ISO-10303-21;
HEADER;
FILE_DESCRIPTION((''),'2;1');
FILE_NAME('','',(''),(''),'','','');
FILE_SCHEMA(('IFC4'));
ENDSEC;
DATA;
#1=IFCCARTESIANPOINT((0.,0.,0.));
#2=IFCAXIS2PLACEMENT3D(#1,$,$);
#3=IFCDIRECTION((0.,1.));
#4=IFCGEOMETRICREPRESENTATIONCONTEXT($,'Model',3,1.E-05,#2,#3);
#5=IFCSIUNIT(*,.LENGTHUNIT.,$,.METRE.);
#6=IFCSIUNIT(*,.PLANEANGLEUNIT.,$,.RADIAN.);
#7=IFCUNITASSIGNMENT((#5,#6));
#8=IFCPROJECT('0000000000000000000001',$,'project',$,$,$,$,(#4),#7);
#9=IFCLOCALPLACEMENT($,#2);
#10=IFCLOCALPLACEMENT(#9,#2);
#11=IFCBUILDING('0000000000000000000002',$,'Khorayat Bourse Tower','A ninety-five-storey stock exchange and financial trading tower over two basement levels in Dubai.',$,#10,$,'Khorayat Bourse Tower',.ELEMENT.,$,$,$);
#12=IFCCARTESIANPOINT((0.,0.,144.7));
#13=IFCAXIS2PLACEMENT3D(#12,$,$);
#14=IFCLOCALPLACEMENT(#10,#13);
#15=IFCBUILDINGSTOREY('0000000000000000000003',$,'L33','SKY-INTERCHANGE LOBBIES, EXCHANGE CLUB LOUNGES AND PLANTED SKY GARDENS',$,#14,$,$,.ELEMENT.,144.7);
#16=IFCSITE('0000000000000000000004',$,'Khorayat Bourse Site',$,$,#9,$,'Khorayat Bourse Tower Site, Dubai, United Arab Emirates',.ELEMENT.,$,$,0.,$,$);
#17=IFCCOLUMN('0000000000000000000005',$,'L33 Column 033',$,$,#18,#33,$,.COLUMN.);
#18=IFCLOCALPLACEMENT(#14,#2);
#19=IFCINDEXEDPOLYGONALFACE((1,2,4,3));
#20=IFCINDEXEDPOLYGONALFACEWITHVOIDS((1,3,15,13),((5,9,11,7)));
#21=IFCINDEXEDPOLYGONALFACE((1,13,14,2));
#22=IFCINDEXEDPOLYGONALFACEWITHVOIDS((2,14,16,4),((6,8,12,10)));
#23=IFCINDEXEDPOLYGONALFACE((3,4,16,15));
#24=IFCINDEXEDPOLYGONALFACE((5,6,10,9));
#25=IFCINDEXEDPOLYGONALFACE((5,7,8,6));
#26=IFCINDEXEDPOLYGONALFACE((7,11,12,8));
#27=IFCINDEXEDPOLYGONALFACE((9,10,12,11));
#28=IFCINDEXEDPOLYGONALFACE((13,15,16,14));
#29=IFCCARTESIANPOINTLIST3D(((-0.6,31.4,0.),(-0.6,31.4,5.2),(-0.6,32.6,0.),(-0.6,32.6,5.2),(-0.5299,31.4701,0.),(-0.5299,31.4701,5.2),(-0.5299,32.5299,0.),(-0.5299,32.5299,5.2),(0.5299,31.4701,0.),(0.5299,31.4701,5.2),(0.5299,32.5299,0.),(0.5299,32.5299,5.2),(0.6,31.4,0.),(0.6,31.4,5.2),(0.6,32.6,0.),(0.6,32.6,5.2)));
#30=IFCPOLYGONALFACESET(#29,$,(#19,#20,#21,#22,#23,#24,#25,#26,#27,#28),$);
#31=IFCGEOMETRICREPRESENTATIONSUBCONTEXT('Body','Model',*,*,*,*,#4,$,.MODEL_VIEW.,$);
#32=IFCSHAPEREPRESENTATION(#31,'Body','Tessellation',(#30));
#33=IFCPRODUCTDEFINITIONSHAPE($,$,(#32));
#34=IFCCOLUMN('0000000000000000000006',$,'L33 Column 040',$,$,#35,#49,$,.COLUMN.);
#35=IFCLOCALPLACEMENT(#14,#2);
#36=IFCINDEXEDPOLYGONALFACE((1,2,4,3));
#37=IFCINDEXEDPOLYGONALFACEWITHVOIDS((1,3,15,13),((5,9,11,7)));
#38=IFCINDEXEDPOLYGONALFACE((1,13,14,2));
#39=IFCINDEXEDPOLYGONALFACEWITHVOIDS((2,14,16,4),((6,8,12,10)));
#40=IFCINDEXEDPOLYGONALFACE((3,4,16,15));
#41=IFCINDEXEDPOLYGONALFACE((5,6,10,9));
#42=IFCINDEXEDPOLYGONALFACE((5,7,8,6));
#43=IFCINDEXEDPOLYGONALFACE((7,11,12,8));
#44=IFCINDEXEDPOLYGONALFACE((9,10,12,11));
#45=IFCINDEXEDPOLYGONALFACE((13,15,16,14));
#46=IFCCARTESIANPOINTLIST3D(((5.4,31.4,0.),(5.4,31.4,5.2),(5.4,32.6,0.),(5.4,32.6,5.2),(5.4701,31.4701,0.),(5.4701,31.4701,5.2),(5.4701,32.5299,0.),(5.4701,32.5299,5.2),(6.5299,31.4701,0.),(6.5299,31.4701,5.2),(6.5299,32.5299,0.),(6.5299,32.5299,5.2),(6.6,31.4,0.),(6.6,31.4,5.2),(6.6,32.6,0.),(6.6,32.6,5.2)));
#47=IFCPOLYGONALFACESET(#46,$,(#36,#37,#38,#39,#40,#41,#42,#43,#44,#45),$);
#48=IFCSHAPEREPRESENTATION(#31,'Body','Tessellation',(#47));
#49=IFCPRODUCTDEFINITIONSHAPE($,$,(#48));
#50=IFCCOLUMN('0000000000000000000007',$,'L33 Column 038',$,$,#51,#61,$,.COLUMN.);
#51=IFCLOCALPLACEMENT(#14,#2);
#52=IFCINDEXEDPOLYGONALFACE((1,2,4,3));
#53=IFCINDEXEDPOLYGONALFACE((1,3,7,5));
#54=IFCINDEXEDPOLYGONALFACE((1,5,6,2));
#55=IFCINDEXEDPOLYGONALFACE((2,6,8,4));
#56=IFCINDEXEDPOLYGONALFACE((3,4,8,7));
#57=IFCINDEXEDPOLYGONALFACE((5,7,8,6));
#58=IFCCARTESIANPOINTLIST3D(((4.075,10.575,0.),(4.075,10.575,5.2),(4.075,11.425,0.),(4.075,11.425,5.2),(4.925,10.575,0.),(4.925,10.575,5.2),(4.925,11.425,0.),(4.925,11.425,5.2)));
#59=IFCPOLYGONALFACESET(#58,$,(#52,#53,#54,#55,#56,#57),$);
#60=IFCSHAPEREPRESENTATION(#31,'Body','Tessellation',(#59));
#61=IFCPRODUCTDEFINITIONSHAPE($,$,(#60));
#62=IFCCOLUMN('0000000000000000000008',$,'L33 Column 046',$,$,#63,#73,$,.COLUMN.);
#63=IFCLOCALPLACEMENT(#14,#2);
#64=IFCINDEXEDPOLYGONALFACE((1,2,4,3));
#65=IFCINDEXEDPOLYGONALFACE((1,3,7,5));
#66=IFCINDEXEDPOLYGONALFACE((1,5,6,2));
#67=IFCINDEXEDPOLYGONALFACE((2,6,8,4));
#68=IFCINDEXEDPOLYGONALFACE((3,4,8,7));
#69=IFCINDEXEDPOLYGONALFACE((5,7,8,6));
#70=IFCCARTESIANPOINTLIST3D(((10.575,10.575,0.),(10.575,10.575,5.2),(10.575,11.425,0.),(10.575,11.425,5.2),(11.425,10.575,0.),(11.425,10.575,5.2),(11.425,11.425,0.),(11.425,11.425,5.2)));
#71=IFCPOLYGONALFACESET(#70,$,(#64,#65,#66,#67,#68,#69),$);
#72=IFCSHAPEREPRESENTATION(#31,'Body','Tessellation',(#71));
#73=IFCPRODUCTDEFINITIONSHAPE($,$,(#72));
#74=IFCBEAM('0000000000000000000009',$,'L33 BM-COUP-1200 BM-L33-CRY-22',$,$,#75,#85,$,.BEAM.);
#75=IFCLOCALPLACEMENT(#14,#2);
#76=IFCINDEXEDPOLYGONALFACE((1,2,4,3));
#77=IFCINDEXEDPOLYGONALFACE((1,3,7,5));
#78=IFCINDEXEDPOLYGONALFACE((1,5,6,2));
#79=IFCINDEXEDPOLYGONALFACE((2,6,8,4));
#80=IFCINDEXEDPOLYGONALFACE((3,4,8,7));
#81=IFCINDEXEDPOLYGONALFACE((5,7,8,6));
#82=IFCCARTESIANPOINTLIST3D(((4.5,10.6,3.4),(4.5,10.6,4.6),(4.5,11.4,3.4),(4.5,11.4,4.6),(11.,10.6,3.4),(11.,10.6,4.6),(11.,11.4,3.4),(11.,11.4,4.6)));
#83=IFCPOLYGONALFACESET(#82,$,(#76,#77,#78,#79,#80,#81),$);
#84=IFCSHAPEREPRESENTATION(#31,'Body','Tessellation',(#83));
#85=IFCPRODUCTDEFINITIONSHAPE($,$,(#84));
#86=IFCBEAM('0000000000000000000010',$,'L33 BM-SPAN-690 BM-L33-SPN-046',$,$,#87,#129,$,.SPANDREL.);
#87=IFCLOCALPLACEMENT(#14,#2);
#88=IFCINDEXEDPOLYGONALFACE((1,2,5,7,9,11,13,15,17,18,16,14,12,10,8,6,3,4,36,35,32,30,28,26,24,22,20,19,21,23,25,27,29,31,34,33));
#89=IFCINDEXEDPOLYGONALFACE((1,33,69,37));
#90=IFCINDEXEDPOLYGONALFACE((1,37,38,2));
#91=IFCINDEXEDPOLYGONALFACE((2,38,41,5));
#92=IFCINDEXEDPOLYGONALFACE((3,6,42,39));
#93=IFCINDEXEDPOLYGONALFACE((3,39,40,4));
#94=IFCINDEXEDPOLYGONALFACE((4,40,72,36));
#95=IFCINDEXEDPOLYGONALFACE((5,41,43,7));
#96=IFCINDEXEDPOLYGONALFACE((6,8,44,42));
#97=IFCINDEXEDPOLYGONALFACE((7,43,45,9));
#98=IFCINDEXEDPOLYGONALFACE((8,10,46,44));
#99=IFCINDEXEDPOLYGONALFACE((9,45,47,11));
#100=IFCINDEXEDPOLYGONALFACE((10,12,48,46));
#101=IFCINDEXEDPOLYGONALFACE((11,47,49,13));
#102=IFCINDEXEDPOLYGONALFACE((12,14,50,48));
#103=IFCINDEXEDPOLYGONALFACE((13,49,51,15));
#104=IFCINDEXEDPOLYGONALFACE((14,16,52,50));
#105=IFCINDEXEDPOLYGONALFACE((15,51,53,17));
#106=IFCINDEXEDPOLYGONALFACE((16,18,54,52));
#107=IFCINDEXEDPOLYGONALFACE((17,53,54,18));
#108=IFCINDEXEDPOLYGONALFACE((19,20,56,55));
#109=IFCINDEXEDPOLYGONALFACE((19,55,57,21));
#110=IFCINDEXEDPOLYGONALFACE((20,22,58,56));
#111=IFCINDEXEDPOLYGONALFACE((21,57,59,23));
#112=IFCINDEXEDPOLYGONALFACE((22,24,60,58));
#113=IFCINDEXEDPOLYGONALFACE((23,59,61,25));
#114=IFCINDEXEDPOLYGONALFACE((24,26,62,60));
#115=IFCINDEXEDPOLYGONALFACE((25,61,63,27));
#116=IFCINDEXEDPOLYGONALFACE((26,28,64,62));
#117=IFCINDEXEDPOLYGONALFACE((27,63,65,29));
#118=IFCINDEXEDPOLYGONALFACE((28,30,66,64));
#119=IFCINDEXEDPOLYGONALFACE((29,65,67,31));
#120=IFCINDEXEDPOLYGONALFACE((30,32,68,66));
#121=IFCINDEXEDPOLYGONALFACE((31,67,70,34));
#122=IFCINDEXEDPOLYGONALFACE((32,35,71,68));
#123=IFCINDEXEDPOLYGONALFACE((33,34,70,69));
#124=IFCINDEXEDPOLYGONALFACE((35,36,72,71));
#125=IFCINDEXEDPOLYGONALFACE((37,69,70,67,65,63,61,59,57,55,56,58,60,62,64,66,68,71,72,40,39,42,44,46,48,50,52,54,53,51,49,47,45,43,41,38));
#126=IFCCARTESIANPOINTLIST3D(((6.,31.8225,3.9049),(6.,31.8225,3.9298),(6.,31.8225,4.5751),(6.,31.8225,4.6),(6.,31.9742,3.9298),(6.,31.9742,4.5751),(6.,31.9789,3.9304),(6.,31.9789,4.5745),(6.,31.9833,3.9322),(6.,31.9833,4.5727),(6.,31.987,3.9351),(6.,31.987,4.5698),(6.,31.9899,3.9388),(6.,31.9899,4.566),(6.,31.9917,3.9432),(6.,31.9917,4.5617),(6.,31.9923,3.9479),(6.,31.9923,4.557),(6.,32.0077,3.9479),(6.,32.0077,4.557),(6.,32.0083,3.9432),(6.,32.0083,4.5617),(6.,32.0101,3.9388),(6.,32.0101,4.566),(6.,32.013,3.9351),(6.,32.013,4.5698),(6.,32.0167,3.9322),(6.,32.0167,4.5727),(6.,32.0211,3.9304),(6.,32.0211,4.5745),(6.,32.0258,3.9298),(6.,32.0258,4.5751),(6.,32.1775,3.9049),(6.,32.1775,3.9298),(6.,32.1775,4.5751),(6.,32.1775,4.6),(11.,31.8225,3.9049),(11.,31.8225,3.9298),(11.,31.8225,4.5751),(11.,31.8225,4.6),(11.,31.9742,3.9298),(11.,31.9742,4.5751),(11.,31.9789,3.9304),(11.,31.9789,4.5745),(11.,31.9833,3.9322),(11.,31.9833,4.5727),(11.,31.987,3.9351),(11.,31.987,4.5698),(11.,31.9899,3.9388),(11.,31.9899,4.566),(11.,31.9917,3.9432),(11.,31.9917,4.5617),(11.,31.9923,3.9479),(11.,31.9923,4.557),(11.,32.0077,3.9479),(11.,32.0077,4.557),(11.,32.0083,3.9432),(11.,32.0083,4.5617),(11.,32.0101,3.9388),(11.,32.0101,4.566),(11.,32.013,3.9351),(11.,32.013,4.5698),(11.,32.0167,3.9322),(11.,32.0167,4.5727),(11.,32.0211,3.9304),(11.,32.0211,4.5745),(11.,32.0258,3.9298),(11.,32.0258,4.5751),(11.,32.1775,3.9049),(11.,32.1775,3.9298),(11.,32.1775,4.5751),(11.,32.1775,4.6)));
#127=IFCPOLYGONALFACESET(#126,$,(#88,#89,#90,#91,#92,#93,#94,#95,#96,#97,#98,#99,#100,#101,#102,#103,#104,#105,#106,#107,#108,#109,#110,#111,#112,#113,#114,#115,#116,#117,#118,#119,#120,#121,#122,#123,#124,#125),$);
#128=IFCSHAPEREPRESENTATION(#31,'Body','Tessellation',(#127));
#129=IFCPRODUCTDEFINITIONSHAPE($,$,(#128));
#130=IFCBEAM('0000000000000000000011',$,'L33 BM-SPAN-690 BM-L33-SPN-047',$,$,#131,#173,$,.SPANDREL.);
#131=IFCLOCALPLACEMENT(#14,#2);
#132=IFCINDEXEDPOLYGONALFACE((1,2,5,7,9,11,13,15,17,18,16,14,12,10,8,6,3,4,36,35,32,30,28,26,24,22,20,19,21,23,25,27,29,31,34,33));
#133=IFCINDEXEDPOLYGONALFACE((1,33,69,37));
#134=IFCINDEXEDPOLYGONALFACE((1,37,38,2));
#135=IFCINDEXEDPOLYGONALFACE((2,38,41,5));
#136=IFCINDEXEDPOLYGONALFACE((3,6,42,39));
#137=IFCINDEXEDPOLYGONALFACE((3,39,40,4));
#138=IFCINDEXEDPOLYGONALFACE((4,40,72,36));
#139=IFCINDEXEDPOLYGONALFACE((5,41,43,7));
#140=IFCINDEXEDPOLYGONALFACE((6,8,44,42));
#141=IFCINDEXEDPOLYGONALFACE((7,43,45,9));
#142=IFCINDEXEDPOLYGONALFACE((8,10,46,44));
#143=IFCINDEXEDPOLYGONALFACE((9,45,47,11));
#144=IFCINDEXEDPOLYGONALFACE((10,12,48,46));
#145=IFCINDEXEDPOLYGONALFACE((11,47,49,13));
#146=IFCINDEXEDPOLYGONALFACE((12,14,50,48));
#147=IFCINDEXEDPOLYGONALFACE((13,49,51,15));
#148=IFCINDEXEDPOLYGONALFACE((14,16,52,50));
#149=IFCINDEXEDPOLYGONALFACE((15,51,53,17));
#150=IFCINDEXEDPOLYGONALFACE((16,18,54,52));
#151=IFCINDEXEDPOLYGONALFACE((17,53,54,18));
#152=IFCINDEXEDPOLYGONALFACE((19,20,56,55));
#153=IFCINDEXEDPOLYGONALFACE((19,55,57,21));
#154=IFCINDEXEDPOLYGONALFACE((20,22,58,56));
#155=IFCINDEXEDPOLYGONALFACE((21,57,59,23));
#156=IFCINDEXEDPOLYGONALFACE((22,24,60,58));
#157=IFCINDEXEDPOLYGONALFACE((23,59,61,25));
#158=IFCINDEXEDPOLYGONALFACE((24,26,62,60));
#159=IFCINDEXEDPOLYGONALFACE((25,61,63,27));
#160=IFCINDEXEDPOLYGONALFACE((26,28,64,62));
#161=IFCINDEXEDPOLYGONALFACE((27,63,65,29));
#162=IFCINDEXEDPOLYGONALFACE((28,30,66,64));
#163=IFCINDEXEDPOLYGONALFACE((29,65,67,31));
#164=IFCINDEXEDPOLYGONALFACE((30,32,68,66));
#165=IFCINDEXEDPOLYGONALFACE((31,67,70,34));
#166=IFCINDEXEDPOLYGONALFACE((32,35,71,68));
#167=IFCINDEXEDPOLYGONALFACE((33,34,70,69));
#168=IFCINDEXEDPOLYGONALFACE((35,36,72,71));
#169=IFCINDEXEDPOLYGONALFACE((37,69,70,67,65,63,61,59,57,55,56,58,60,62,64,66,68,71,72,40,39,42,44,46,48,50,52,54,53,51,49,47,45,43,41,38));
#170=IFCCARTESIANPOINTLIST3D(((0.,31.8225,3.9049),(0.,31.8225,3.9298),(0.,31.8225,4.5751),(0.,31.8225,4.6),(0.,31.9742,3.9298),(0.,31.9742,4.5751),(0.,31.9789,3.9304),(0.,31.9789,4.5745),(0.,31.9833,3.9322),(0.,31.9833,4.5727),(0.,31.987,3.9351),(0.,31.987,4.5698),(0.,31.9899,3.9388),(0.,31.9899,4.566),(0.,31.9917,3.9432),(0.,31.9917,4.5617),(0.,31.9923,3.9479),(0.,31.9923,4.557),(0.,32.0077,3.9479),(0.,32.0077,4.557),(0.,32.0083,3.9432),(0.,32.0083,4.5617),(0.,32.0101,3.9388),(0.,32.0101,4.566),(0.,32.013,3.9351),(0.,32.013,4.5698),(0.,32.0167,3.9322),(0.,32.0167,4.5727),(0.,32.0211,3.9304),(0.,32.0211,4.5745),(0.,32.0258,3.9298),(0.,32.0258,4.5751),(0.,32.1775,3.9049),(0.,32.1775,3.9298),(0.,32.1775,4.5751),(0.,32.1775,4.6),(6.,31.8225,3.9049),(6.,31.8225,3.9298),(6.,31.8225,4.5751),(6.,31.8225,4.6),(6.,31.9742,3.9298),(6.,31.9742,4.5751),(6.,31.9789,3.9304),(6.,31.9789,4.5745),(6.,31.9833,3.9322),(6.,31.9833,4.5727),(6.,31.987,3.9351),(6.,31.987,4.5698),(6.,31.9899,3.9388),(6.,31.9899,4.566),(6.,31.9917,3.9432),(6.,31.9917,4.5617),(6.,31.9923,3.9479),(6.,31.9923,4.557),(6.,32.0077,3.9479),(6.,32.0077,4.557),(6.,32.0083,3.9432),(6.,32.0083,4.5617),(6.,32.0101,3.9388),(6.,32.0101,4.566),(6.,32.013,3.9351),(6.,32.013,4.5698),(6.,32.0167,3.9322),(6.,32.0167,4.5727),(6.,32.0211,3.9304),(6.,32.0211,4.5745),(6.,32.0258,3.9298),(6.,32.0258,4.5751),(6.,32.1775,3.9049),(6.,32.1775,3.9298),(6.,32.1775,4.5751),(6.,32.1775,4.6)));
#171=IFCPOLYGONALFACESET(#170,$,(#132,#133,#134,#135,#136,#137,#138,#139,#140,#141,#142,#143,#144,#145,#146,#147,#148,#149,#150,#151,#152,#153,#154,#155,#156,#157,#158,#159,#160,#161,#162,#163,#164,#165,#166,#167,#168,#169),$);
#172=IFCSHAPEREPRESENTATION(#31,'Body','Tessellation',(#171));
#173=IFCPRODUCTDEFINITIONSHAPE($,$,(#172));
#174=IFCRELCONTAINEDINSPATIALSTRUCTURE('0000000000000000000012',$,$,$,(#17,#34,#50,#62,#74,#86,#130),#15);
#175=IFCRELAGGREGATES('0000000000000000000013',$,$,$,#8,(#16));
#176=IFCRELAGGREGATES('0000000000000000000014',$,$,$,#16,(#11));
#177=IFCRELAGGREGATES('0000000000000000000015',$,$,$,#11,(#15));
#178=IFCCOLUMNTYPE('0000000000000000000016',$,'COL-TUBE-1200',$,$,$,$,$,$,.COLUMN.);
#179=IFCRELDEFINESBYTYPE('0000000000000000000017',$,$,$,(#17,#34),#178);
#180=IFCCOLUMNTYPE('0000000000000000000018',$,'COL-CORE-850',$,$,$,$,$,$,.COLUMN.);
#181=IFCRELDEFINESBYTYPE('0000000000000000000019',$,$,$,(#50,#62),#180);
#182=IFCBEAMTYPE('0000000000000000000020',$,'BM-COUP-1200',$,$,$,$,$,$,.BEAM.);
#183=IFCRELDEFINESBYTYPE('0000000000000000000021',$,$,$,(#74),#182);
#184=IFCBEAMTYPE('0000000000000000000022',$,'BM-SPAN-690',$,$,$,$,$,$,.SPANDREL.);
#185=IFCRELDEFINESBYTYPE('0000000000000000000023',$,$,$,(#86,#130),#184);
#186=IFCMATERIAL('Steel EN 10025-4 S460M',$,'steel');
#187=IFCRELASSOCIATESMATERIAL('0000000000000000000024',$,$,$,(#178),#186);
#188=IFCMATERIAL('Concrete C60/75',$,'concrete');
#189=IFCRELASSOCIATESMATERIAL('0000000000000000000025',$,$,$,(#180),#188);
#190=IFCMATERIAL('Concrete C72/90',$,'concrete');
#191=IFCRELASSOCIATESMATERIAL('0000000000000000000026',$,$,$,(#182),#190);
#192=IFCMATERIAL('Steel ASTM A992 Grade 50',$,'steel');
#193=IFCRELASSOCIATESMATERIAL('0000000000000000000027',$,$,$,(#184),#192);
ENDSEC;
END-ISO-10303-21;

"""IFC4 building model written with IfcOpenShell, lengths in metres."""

from ifc_helpers import new_model, si_unit, direction, frame, origin, origin_2d, place, context, subcontext, project, spatial, rectangle, hollow_rectangle, i_section, extrude, source, transform, mapped, material, material_profile, profile_set, type_object, element, save


model = new_model("IFC4")

# Units and contexts
model_context = context("Model", 3, precision=1e-05, world=origin(), true_north=direction((0.0, 1.0)))
body_context = subcontext(model_context, "Body", "Model", "MODEL_VIEW")
ifc_project = project(units=[si_unit("LENGTHUNIT", "METRE"), si_unit("PLANEANGLEUNIT", "RADIAN")], contexts=[model_context])

# Site, building, storey
site_placement = place(None, origin())
site = spatial("IfcSite", under=ifc_project, at=site_placement, Name="Khorayat Bourse Site", LongName="Khorayat Bourse Tower Site, Dubai, United Arab Emirates", CompositionType="ELEMENT", RefElevation=0.0)
building_placement = place(site_placement, origin())
building = spatial("IfcBuilding", under=site, at=building_placement, Name="Khorayat Bourse Tower", Description="A ninety-five-storey stock exchange and financial trading tower over two basement levels in Dubai.", LongName="Khorayat Bourse Tower", CompositionType="ELEMENT")
storey_placement = place(building_placement, frame((0.0, 0.0, 144.7)))
storey = spatial("IfcBuildingStorey", under=building, at=storey_placement, Name="L33", Description="SKY-INTERCHANGE LOBBIES, EXCHANGE CLUB LOUNGES AND PLANTED SKY GARDENS", CompositionType="ELEMENT", Elevation=144.7)

# Columns
ifc_material_1 = material(Name="Steel EN 10025-4 S460M", Category="steel")
ifc_material_profile_1 = material_profile(ifc_material_1, hollow_rectangle(XDim=1.2, YDim=1.2, WallThickness=0.0701, at=origin_2d()), Name="BOX 1200x1200x70")
ifc_profile_set_1 = profile_set([ifc_material_profile_1], Name="Steel EN 10025-4 S460M")
column_type_1 = type_object("IfcColumnType", Name="COL-TUBE-1200", PredefinedType="COLUMN", material=ifc_profile_set_1)
shared_shape_1 = source(origin(), body_context, "Body", "SweptSolid", [
    extrude(hollow_rectangle(XDim=1.2, YDim=1.2, WallThickness=0.0701, at=origin_2d()), origin(), (0.0, 0.0, 1.0), 5.2),
])
for number, where, z_axis, x_axis, name in (
    (1, (0.0, 32.0, 0.0), (0.0, 0.0, 1.0), (1.0, 0.0, 0.0), "L33 Column 033"),
    (2, (6.0, 32.0, 0.0), (0.0, 0.0, 1.0), (1.0, 0.0, 0.0), "L33 Column 040"),
):
    element("IfcColumn", number, at=place(storey_placement, frame(where, z_axis=z_axis, x_axis=x_axis)), inside=storey, type_object=column_type_1, Name=name, PredefinedType="COLUMN", context=body_context, shape_type="MappedRepresentation", body=[
        mapped(shared_shape_1, transform((0.0, 0.0, 0.0), scale=1.0)),
    ])
ifc_material_2 = material(Name="Concrete C60/75", Category="concrete")
ifc_material_profile_2 = material_profile(ifc_material_2, rectangle(XDim=0.8501, YDim=0.8501, at=origin_2d()), Name="RC 850x850")
ifc_profile_set_2 = profile_set([ifc_material_profile_2], Name="Concrete C60/75")
column_type_2 = type_object("IfcColumnType", Name="COL-CORE-850", PredefinedType="COLUMN", material=ifc_profile_set_2)
shared_shape_2 = source(origin(), body_context, "Body", "SweptSolid", [
    extrude(rectangle(XDim=0.8501, YDim=0.8501, at=origin_2d()), origin(), (0.0, 0.0, 1.0), 5.2),
])
for number, where, z_axis, x_axis, name in (
    (3, (4.5, 11.0, 0.0), (0.0, 0.0, 1.0), (1.0, 0.0, 0.0), "L33 Column 038"),
    (4, (11.0, 11.0, 0.0), (0.0, 0.0, 1.0), (1.0, 0.0, 0.0), "L33 Column 046"),
):
    element("IfcColumn", number, at=place(storey_placement, frame(where, z_axis=z_axis, x_axis=x_axis)), inside=storey, type_object=column_type_2, Name=name, PredefinedType="COLUMN", context=body_context, shape_type="MappedRepresentation", body=[
        mapped(shared_shape_2, transform((0.0, 0.0, 0.0), scale=1.0)),
    ])

# Beams
ifc_material_3 = material(Name="Concrete C72/90", Category="concrete")
ifc_material_profile_3 = material_profile(ifc_material_3, rectangle(XDim=0.8, YDim=1.2, at=origin_2d()), Name="RC 800x1200")
ifc_profile_set_3 = profile_set([ifc_material_profile_3], Name="Concrete C72/90")
beam_type_1 = type_object("IfcBeamType", Name="BM-COUP-1200", PredefinedType="BEAM", material=ifc_profile_set_3)
shared_shape_3 = source(origin(), body_context, "Body", "SweptSolid", [
    extrude(rectangle(XDim=0.8, YDim=1.2, at=origin_2d()), origin(), (0.0, 0.0, 1.0), 6.5),
])
beam_1_placement = place(storey_placement, frame((4.5, 11.0, 4.0), z_axis=(1.0, 0.0, 0.0), x_axis=(0.0, 1.0, 0.0)))
element("IfcBeam", 5, at=beam_1_placement, inside=storey, type_object=beam_type_1, Name="L33 BM-COUP-1200 BM-L33-CRY-22", PredefinedType="BEAM", context=body_context, shape_type="MappedRepresentation", body=[
    mapped(shared_shape_3, transform((0.0, 0.0, 0.0), scale=1.0)),
])
ifc_material_4 = material(Name="Steel ASTM A992 Grade 50", Category="steel")
ifc_material_profile_4 = material_profile(ifc_material_4, i_section(OverallWidth=0.355, OverallDepth=0.6951, WebThickness=0.0154, FlangeThickness=0.0249, FilletRadius=0.0181, at=origin_2d()), Name="W690X217")
ifc_profile_set_4 = profile_set([ifc_material_profile_4], Name="Steel ASTM A992 Grade 50")
beam_type_2 = type_object("IfcBeamType", Name="BM-SPAN-690", PredefinedType="SPANDREL", material=ifc_profile_set_4)
shared_shape_4 = source(origin(), body_context, "Body", "SweptSolid", [
    extrude(i_section(OverallWidth=0.355, OverallDepth=0.6951, WebThickness=0.0154, FlangeThickness=0.0249, FilletRadius=0.0181, at=origin_2d()), origin(), (0.0, 0.0, 1.0), 5.0),
])
beam_2_placement = place(storey_placement, frame((6.0, 32.0, 4.2524), z_axis=(1.0, 0.0, 0.0), x_axis=(0.0, 1.0, 0.0)))
element("IfcBeam", 6, at=beam_2_placement, inside=storey, type_object=beam_type_2, Name="L33 BM-SPAN-690 BM-L33-SPN-046", PredefinedType="SPANDREL", context=body_context, shape_type="MappedRepresentation", body=[
    mapped(shared_shape_4, transform((0.0, 0.0, 0.0), scale=1.0)),
])
shared_shape_5 = source(origin(), body_context, "Body", "SweptSolid", [
    extrude(i_section(OverallWidth=0.355, OverallDepth=0.6951, WebThickness=0.0154, FlangeThickness=0.0249, FilletRadius=0.0181, at=origin_2d()), origin(), (0.0, 0.0, 1.0), 6.0),
])
beam_3_placement = place(storey_placement, frame((0.0, 32.0, 4.2524), z_axis=(1.0, 0.0, 0.0), x_axis=(0.0, 1.0, 0.0)))
element("IfcBeam", 7, at=beam_3_placement, inside=storey, type_object=beam_type_2, Name="L33 BM-SPAN-690 BM-L33-SPN-047", PredefinedType="SPANDREL", context=body_context, shape_type="MappedRepresentation", body=[
    mapped(shared_shape_5, transform((0.0, 0.0, 0.0), scale=1.0)),
])

save(model, "model.ifc")
